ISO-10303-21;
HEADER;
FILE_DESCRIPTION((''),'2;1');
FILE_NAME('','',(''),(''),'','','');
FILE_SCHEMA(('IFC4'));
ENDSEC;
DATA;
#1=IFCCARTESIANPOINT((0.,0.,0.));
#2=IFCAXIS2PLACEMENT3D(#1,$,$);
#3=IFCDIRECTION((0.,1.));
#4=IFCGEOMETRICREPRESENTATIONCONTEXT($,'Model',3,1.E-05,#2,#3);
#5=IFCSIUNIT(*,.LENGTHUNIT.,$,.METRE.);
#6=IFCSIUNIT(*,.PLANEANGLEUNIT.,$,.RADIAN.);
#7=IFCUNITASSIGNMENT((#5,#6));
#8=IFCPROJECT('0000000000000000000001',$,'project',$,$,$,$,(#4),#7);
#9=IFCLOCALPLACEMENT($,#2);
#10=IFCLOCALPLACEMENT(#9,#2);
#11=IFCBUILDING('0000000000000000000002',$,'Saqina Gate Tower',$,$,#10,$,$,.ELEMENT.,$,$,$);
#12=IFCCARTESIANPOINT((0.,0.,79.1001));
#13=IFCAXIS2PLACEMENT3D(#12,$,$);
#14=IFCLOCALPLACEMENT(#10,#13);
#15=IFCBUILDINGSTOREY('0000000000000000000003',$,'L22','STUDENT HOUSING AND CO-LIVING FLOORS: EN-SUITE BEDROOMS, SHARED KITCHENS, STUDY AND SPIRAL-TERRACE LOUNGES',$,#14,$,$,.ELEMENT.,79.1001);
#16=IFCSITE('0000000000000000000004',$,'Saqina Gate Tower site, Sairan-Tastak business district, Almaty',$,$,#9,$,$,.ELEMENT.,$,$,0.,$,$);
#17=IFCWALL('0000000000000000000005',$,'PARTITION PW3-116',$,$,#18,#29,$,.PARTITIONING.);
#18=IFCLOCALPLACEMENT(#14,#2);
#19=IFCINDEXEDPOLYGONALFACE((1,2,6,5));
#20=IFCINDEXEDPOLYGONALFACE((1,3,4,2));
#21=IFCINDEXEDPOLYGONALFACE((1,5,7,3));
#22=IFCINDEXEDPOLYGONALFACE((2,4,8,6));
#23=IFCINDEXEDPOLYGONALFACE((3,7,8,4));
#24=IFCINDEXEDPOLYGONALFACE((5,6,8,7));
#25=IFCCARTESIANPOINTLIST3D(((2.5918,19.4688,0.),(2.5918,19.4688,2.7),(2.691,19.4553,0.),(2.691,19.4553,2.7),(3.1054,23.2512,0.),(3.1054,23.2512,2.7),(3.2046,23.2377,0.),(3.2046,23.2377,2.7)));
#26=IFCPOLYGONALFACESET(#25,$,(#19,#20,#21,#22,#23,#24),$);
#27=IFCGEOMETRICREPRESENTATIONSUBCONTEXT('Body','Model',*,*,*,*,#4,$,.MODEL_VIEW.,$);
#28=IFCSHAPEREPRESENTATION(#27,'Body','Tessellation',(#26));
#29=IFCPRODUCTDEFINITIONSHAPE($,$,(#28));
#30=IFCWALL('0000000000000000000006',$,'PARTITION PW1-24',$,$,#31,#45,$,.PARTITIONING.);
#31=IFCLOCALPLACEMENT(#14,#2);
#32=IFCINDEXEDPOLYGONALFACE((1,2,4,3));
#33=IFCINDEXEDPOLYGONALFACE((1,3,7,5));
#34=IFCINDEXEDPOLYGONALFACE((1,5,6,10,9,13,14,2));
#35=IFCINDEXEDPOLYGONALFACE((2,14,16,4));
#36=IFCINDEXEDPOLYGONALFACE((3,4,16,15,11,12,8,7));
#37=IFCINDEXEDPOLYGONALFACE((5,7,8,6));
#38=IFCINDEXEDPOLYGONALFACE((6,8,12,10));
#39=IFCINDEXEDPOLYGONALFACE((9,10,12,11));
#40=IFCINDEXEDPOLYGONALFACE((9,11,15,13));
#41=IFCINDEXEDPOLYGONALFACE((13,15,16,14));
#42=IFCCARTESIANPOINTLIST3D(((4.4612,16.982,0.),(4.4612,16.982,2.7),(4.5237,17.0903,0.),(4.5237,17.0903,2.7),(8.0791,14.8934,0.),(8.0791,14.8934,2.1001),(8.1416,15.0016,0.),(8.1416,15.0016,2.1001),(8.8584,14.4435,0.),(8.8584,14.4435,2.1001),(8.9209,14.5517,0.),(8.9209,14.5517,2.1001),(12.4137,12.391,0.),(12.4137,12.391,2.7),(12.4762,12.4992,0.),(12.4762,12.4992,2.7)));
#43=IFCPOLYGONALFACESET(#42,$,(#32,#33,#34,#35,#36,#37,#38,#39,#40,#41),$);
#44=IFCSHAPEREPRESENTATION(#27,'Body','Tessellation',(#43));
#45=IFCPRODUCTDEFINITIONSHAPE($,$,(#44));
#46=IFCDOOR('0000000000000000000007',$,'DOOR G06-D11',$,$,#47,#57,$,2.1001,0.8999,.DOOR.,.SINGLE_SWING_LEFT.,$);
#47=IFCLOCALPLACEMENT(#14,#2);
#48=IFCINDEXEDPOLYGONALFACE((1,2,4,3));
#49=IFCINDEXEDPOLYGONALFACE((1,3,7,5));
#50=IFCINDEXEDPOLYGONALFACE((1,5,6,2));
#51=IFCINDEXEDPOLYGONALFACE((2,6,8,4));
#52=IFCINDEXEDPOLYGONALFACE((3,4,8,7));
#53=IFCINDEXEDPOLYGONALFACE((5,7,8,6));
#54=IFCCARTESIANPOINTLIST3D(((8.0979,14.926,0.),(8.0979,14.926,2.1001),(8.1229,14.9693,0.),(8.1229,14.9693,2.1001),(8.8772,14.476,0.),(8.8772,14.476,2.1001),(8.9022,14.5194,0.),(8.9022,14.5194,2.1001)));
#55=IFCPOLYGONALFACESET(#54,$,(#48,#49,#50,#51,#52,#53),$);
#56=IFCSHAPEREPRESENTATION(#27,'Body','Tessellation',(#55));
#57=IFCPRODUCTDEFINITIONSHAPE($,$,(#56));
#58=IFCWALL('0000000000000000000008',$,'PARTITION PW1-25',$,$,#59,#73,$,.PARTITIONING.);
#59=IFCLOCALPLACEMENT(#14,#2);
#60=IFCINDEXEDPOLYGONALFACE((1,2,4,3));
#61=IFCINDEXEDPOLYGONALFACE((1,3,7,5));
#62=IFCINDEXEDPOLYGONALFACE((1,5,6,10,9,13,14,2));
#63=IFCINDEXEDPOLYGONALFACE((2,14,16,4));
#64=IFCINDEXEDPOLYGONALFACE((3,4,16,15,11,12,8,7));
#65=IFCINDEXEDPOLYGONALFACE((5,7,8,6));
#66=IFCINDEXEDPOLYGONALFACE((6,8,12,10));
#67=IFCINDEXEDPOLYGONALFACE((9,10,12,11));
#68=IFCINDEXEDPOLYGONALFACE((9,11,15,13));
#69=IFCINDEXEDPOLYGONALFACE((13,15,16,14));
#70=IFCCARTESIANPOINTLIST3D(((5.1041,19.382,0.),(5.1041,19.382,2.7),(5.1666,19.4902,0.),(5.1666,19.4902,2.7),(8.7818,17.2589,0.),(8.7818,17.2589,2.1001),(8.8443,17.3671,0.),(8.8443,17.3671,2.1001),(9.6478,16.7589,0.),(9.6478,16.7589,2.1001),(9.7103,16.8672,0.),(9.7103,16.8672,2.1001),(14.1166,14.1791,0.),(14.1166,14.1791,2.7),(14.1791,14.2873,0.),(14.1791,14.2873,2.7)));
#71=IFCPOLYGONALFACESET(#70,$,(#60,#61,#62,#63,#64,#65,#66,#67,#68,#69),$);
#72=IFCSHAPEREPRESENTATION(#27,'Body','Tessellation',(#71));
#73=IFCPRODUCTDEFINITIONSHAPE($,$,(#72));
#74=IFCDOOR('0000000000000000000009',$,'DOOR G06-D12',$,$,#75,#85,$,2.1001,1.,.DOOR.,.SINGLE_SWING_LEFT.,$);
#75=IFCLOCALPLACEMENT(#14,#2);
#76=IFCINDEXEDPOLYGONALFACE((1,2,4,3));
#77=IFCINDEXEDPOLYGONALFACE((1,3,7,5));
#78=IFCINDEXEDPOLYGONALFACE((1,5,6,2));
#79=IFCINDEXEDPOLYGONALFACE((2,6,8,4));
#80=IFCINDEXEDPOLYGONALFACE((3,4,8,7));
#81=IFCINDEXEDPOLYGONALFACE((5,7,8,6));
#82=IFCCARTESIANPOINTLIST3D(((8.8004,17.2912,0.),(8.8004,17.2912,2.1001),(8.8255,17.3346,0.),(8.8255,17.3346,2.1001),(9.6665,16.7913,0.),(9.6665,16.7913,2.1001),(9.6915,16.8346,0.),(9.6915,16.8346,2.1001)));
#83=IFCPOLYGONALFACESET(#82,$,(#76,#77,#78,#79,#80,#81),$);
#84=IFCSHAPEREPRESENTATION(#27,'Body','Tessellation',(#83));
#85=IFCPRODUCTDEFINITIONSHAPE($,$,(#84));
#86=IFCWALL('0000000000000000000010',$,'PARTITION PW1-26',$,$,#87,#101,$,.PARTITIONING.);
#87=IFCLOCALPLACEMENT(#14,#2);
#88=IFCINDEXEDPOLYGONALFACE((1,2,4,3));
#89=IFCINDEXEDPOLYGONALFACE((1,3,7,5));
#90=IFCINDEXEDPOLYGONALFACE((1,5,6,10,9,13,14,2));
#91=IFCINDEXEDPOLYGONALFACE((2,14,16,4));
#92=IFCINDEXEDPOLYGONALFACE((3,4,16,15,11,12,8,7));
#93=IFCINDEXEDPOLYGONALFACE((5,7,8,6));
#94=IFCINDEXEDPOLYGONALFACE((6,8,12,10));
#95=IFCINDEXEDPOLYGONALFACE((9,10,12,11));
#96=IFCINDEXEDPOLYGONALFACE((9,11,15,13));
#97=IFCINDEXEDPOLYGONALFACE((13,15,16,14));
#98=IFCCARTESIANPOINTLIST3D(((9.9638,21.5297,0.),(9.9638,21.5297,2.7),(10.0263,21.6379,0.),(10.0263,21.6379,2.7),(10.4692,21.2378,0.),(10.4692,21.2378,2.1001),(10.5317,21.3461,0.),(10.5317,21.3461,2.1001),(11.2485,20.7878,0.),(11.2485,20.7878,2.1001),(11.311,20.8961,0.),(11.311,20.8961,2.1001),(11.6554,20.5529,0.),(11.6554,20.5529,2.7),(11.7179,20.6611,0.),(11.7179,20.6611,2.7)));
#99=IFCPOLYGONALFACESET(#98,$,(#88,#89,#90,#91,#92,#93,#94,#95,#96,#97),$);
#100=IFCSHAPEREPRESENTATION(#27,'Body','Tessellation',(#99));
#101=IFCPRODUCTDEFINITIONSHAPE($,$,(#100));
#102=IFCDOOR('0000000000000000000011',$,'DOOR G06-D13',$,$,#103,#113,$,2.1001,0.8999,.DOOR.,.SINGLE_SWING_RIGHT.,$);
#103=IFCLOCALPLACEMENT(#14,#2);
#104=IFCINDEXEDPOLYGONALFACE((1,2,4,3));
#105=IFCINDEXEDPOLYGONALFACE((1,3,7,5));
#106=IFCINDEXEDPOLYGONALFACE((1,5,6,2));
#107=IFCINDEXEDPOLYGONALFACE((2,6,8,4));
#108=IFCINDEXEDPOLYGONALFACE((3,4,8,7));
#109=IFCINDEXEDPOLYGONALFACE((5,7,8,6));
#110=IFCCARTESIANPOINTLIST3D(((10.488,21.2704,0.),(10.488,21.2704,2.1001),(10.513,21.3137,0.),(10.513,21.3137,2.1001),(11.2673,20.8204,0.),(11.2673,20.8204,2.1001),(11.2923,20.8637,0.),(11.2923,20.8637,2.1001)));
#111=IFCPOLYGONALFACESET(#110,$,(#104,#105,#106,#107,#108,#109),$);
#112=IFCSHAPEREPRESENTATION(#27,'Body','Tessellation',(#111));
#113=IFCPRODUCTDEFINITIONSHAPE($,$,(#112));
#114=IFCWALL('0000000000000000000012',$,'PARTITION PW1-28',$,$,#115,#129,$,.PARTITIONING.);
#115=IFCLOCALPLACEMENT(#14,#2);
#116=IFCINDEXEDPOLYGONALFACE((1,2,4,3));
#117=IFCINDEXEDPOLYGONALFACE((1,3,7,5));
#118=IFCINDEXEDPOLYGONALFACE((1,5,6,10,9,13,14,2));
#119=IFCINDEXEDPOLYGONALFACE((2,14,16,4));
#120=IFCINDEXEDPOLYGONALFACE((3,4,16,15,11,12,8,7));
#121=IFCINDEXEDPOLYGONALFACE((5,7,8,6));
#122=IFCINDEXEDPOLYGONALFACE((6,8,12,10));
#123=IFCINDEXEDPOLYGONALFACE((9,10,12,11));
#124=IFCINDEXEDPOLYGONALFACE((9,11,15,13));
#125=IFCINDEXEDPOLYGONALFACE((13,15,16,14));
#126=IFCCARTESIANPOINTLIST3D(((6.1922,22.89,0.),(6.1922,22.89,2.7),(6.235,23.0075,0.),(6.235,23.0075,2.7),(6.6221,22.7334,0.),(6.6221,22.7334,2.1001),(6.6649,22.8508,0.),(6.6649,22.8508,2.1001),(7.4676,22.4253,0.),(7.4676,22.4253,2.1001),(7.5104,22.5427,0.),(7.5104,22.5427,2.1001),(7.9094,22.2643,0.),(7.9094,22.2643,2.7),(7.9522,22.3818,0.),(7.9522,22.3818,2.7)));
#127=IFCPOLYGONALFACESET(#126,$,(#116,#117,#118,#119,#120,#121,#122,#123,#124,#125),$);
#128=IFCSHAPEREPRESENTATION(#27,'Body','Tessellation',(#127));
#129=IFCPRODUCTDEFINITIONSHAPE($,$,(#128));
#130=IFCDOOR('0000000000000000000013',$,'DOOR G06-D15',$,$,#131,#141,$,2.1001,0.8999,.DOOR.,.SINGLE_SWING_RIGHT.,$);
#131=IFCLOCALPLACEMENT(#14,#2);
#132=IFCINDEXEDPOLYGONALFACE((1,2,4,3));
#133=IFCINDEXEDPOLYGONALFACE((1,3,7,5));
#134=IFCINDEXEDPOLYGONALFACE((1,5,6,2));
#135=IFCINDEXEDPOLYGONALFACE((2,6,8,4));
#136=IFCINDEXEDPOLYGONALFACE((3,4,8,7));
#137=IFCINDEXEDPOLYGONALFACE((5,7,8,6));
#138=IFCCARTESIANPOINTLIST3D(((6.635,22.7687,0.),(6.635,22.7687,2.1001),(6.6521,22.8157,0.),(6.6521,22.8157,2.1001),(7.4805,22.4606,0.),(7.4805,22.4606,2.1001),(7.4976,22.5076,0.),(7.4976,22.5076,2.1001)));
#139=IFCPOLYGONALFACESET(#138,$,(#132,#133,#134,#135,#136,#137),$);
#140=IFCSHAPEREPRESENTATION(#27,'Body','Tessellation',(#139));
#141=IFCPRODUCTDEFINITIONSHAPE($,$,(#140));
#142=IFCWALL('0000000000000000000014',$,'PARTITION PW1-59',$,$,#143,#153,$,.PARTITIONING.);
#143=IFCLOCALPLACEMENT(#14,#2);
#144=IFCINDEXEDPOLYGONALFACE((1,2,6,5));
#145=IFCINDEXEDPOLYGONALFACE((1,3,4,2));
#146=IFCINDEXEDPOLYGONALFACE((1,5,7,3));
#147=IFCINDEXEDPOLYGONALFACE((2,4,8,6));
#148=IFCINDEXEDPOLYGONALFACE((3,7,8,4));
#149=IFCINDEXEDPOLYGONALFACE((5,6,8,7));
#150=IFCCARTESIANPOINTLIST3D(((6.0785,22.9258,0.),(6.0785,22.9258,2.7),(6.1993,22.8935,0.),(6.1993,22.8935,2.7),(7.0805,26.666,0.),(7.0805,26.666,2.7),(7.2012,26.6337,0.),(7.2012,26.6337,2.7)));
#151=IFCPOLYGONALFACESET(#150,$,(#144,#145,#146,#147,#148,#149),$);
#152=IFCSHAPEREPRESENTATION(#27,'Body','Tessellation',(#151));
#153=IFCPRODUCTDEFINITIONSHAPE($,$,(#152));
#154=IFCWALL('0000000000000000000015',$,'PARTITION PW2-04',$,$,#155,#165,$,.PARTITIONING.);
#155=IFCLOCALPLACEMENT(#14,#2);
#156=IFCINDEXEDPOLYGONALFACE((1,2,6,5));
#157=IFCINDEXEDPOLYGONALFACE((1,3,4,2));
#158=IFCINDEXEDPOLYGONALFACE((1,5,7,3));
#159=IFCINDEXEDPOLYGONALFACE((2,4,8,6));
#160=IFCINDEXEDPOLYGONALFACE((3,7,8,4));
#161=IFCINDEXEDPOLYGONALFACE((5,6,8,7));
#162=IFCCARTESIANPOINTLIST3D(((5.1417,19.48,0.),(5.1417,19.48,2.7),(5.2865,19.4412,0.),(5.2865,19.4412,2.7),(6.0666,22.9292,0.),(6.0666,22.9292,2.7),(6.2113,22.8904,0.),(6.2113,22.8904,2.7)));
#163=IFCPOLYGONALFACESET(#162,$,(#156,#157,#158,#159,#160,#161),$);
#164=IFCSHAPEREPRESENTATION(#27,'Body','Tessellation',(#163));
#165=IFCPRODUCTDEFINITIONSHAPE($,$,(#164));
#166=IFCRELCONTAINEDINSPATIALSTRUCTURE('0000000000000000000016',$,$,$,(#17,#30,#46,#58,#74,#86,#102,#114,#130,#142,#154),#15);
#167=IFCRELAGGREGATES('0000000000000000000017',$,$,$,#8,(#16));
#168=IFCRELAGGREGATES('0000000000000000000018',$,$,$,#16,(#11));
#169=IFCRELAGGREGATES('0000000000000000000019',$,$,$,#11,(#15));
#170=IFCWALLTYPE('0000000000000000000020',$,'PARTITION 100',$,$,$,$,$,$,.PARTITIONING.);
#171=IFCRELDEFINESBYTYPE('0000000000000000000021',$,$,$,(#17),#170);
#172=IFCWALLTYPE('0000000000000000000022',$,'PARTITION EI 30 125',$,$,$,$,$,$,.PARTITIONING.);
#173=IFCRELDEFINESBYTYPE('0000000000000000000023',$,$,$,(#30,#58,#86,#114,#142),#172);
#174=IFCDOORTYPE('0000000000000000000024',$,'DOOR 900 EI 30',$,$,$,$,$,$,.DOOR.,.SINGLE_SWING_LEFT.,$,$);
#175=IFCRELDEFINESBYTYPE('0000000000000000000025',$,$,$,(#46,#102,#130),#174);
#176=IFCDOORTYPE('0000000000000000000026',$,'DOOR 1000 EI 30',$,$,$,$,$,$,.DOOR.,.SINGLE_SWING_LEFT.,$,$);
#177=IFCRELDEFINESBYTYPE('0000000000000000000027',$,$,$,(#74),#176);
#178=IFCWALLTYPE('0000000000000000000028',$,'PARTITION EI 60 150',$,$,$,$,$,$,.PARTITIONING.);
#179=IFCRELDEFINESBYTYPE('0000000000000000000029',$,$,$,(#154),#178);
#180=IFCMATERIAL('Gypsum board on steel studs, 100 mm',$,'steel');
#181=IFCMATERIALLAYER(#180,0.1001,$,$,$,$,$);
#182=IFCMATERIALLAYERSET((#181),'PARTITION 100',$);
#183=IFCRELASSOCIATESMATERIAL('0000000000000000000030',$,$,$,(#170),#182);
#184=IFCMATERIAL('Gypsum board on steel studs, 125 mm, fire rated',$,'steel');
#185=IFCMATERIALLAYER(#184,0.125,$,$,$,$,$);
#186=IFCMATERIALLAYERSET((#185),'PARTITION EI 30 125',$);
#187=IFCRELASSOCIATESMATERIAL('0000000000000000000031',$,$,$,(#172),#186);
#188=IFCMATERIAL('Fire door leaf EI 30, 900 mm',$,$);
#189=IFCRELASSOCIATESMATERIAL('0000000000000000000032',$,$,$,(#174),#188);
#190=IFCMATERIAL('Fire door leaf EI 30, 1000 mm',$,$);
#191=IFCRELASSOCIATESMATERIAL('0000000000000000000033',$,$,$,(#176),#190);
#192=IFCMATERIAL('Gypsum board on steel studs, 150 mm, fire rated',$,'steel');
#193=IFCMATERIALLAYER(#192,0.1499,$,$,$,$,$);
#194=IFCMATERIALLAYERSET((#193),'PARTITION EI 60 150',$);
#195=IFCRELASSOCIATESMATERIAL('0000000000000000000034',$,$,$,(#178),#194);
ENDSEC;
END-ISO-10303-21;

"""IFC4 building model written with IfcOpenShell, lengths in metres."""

from ifc_helpers import new_model, si_unit, direction, frame, frame_2d, origin, place, context, subcontext, project, spatial, rectangle, extrude, material, layer, layer_set, type_object, element, fill, save


model = new_model("IFC4")

# Units and contexts
model_context = context("Model", 3, precision=1e-05, world=origin(), true_north=direction((0.0, 1.0)))
body_context = subcontext(model_context, "Body", "Model", "MODEL_VIEW")
ifc_project = project(units=[si_unit("LENGTHUNIT", "METRE"), si_unit("PLANEANGLEUNIT", "RADIAN")], contexts=[model_context])

# Site, building, storey
site_placement = place(None, origin())
site = spatial("IfcSite", under=ifc_project, at=site_placement, Name="Saqina Gate Tower site, Sairan-Tastak business district, Almaty", CompositionType="ELEMENT", RefElevation=0.0)
building_placement = place(site_placement, origin())
building = spatial("IfcBuilding", under=site, at=building_placement, Name="Saqina Gate Tower", CompositionType="ELEMENT")
storey_placement = place(building_placement, frame((0.0, 0.0, 79.1001)))
storey = spatial("IfcBuildingStorey", under=building, at=storey_placement, Name="L22", Description="STUDENT HOUSING AND CO-LIVING FLOORS: EN-SUITE BEDROOMS, SHARED KITCHENS, STUDY AND SPIRAL-TERRACE LOUNGES", CompositionType="ELEMENT", Elevation=79.1001)

# Shared definitions
ifc_material_1 = material(Name="Gypsum board on steel studs, 100 mm", Category="steel")
ifc_layer_1 = layer(ifc_material_1, 0.1001)
ifc_layer_set_1 = layer_set([ifc_layer_1], Name="PARTITION 100")
wall_type_1 = type_object("IfcWallType", Name="PARTITION 100", PredefinedType="PARTITIONING", material=ifc_layer_set_1)

# Wall
wall_1_placement = place(storey_placement, frame((2.6414, 19.4619, 0.0), z_axis=(0.0, 0.0, 1.0), x_axis=(0.134568, 0.990904, 0.0)))
element("IfcWall", 1, at=wall_1_placement, inside=storey, type_object=wall_type_1, Name="PARTITION PW3-116", PredefinedType="PARTITIONING", context=body_context, shape_type="SweptSolid", body=[
    extrude(rectangle(XDim=3.8171, YDim=0.1001, at=frame_2d((1.9087, 0.0))), origin(), (0.0, 0.0, 1.0), 2.7),
])

# Walls, openings, doors
ifc_material_2 = material(Name="Gypsum board on steel studs, 125 mm, fire rated", Category="steel")
ifc_layer_2 = layer(ifc_material_2, 0.125)
ifc_layer_set_2 = layer_set([ifc_layer_2], Name="PARTITION EI 30 125")
wall_type_2 = type_object("IfcWallType", Name="PARTITION EI 30 125", PredefinedType="PARTITIONING", material=ifc_layer_set_2)
wall_2_placement = place(storey_placement, frame((4.4924, 17.0361, 0.0), z_axis=(0.0, 0.0, 1.0), x_axis=(0.866044, -0.499968, 0.0)))
wall_2 = element("IfcWall", 2, at=wall_2_placement, inside=storey, type_object=wall_type_2, Name="PARTITION PW1-24", PredefinedType="PARTITIONING", context=body_context, shape_type="SweptSolid", body=[
    extrude(rectangle(XDim=9.1826, YDim=0.125, at=frame_2d((4.5913, 0.0))), origin(), (0.0, 0.0, 1.0), 2.7),
])
opening_1_placement = place(wall_2_placement, frame((4.1775, 0.0, 0.0)))
opening_1 = element("IfcOpeningElement", 3, at=opening_1_placement, cuts=wall_2, PredefinedType="OPENING", context=body_context, shape_type="SweptSolid", body=[
    extrude(rectangle(XDim=0.8999, YDim=2.1001, at=frame_2d((0.45, 1.05))), frame((0.0, 0.0745, 0.0), z_axis=(0.0, -1.0, 0.0), x_axis=(1.0, 0.0, 0.0)), (0.0, 0.0, 1.0), 0.1489),
])
ifc_material_3 = material(Name="Fire door leaf EI 30, 900 mm")
door_type_1 = type_object("IfcDoorType", Name="DOOR 900 EI 30", OperationType="SINGLE_SWING_LEFT", PredefinedType="DOOR", material=ifc_material_3)
door_1_placement = place(opening_1_placement, frame((0.8999, 0.0, 0.0), z_axis=(0.0, 0.0, 1.0), x_axis=(-1.0, 0.0, 0.0)))
door_1 = element("IfcDoor", 4, at=door_1_placement, inside=storey, type_object=door_type_1, Name="DOOR G06-D11", OperationType="SINGLE_SWING_LEFT", OverallHeight=2.1001, OverallWidth=0.8999, PredefinedType="DOOR", context=body_context, shape_type="SweptSolid", body=[
    extrude(rectangle(XDim=0.8999, YDim=2.1001, at=frame_2d((0.45, 1.05))), frame((0.0, 0.0249, 0.0), z_axis=(0.0, -1.0, 0.0), x_axis=(1.0, 0.0, 0.0)), (0.0, 0.0, 1.0), 0.05),
])
fill(opening_1, door_1)
wall_3_placement = place(storey_placement, frame((5.1355, 19.436, 0.0), z_axis=(0.0, 0.0, 1.0), x_axis=(0.866045, -0.499967, 0.0)))
wall_3 = element("IfcWall", 5, at=wall_3_placement, inside=storey, type_object=wall_type_2, Name="PARTITION PW1-25", PredefinedType="PARTITIONING", context=body_context, shape_type="SweptSolid", body=[
    extrude(rectangle(XDim=10.4065, YDim=0.125, at=frame_2d((5.2031, 0.0))), origin(), (0.0, 0.0, 1.0), 2.7),
])
opening_2_placement = place(wall_3_placement, frame((4.2463, 0.0, 0.0)))
opening_2 = element("IfcOpeningElement", 6, at=opening_2_placement, cuts=wall_3, PredefinedType="OPENING", context=body_context, shape_type="SweptSolid", body=[
    extrude(rectangle(XDim=1.0, YDim=2.1001, at=frame_2d((0.5, 1.05))), frame((0.0, 0.0745, 0.0), z_axis=(0.0, -1.0, 0.0), x_axis=(1.0, 0.0, 0.0)), (0.0, 0.0, 1.0), 0.1489),
])
ifc_material_4 = material(Name="Fire door leaf EI 30, 1000 mm")
door_type_2 = type_object("IfcDoorType", Name="DOOR 1000 EI 30", OperationType="SINGLE_SWING_LEFT", PredefinedType="DOOR", material=ifc_material_4)
door_2_placement = place(opening_2_placement, origin())
door_2 = element("IfcDoor", 7, at=door_2_placement, inside=storey, type_object=door_type_2, Name="DOOR G06-D12", OperationType="SINGLE_SWING_LEFT", OverallHeight=2.1001, OverallWidth=1.0, PredefinedType="DOOR", context=body_context, shape_type="SweptSolid", body=[
    extrude(rectangle(XDim=1.0, YDim=2.1001, at=frame_2d((0.5, 1.05))), frame((0.0, 0.0249, 0.0), z_axis=(0.0, -1.0, 0.0), x_axis=(1.0, 0.0, 0.0)), (0.0, 0.0, 1.0), 0.05),
])
fill(opening_2, door_2)
wall_4_placement = place(storey_placement, frame((9.9951, 21.5837, 0.0), z_axis=(0.0, 0.0, 1.0), x_axis=(0.865996, -0.500051, 0.0)))
wall_4 = element("IfcWall", 8, at=wall_4_placement, inside=storey, type_object=wall_type_2, Name="PARTITION PW1-26", PredefinedType="PARTITIONING", context=body_context, shape_type="SweptSolid", body=[
    extrude(rectangle(XDim=1.9534, YDim=0.125, at=frame_2d((0.9766, 0.0))), origin(), (0.0, 0.0, 1.0), 2.7),
])
opening_3_placement = place(wall_4_placement, frame((0.5835, 0.0, 0.0)))
opening_3 = element("IfcOpeningElement", 9, at=opening_3_placement, cuts=wall_4, PredefinedType="OPENING", context=body_context, shape_type="SweptSolid", body=[
    extrude(rectangle(XDim=0.8999, YDim=2.1001, at=frame_2d((0.45, 1.05))), frame((0.0, 0.0745, 0.0), z_axis=(0.0, -1.0, 0.0), x_axis=(1.0, 0.0, 0.0)), (0.0, 0.0, 1.0), 0.1489),
])
door_3_placement = place(opening_3_placement, frame((0.8999, 0.0, 0.0), z_axis=(0.0, 0.0, 1.0), x_axis=(-1.0, 0.0, 0.0)))
door_3 = element("IfcDoor", 10, at=door_3_placement, inside=storey, type_object=door_type_1, Name="DOOR G06-D13", OperationType="SINGLE_SWING_RIGHT", OverallHeight=2.1001, OverallWidth=0.8999, PredefinedType="DOOR", context=body_context, shape_type="SweptSolid", body=[
    extrude(rectangle(XDim=0.8999, YDim=2.1001, at=frame_2d((0.45, 1.05))), frame((0.0, 0.0249, 0.0), z_axis=(0.0, -1.0, 0.0), x_axis=(1.0, 0.0, 0.0)), (0.0, 0.0, 1.0), 0.05),
])
fill(opening_3, door_3)
wall_5_placement = place(storey_placement, frame((6.2136, 22.9487, 0.0), z_axis=(0.0, 0.0, 1.0), x_axis=(0.939571, -0.342354, 0.0)))
wall_5 = element("IfcWall", 11, at=wall_5_placement, inside=storey, type_object=wall_type_2, Name="PARTITION PW1-28", PredefinedType="PARTITIONING", context=body_context, shape_type="SweptSolid", body=[
    extrude(rectangle(XDim=1.8276, YDim=0.125, at=frame_2d((0.9138, 0.0))), origin(), (0.0, 0.0, 1.0), 2.7),
])
opening_4_placement = place(wall_5_placement, frame((0.4575, 0.0, 0.0)))
opening_4 = element("IfcOpeningElement", 12, at=opening_4_placement, cuts=wall_5, PredefinedType="OPENING", context=body_context, shape_type="SweptSolid", body=[
    extrude(rectangle(XDim=0.8999, YDim=2.1001, at=frame_2d((0.45, 1.05))), frame((0.0, 0.0745, 0.0), z_axis=(0.0, -1.0, 0.0), x_axis=(1.0, 0.0, 0.0)), (0.0, 0.0, 1.0), 0.1489),
])
door_4_placement = place(opening_4_placement, frame((0.8999, 0.0, 0.0), z_axis=(0.0, 0.0, 1.0), x_axis=(-1.0, 0.0, 0.0)))
door_4 = element("IfcDoor", 13, at=door_4_placement, inside=storey, type_object=door_type_1, Name="DOOR G06-D15", OperationType="SINGLE_SWING_RIGHT", OverallHeight=2.1001, OverallWidth=0.8999, PredefinedType="DOOR", context=body_context, shape_type="SweptSolid", body=[
    extrude(rectangle(XDim=0.8999, YDim=2.1001, at=frame_2d((0.45, 1.05))), frame((0.0, 0.0249, 0.0), z_axis=(0.0, -1.0, 0.0), x_axis=(1.0, 0.0, 0.0)), (0.0, 0.0, 1.0), 0.05),
])
fill(opening_4, door_4)

# Walls
wall_6_placement = place(storey_placement, frame((6.1389, 22.9097, 0.0), z_axis=(0.0, 0.0, 1.0), x_axis=(0.258761, 0.965941, 0.0)))
element("IfcWall", 14, at=wall_6_placement, inside=storey, type_object=wall_type_2, Name="PARTITION PW1-59", PredefinedType="PARTITIONING", context=body_context, shape_type="SweptSolid", body=[
    extrude(rectangle(XDim=3.8721, YDim=0.125, at=frame_2d((1.936, 0.0))), origin(), (0.0, 0.0, 1.0), 2.7),
])
ifc_material_5 = material(Name="Gypsum board on steel studs, 150 mm, fire rated", Category="steel")
ifc_layer_3 = layer(ifc_material_5, 0.1499)
ifc_layer_set_3 = layer_set([ifc_layer_3], Name="PARTITION EI 60 150")
wall_type_3 = type_object("IfcWallType", Name="PARTITION EI 60 150", PredefinedType="PARTITIONING", material=ifc_layer_set_3)
wall_7_placement = place(storey_placement, frame((5.2141, 19.4604, 0.0), z_axis=(0.0, 0.0, 1.0), x_axis=(0.258973, 0.965885, 0.0)))
element("IfcWall", 15, at=wall_7_placement, inside=storey, type_object=wall_type_3, Name="PARTITION PW2-04", PredefinedType="PARTITIONING", context=body_context, shape_type="SweptSolid", body=[
    extrude(rectangle(XDim=3.571, YDim=0.1499, at=frame_2d((1.7856, 0.0))), origin(), (0.0, 0.0, 1.0), 2.7),
])

save(model, "model.ifc")
